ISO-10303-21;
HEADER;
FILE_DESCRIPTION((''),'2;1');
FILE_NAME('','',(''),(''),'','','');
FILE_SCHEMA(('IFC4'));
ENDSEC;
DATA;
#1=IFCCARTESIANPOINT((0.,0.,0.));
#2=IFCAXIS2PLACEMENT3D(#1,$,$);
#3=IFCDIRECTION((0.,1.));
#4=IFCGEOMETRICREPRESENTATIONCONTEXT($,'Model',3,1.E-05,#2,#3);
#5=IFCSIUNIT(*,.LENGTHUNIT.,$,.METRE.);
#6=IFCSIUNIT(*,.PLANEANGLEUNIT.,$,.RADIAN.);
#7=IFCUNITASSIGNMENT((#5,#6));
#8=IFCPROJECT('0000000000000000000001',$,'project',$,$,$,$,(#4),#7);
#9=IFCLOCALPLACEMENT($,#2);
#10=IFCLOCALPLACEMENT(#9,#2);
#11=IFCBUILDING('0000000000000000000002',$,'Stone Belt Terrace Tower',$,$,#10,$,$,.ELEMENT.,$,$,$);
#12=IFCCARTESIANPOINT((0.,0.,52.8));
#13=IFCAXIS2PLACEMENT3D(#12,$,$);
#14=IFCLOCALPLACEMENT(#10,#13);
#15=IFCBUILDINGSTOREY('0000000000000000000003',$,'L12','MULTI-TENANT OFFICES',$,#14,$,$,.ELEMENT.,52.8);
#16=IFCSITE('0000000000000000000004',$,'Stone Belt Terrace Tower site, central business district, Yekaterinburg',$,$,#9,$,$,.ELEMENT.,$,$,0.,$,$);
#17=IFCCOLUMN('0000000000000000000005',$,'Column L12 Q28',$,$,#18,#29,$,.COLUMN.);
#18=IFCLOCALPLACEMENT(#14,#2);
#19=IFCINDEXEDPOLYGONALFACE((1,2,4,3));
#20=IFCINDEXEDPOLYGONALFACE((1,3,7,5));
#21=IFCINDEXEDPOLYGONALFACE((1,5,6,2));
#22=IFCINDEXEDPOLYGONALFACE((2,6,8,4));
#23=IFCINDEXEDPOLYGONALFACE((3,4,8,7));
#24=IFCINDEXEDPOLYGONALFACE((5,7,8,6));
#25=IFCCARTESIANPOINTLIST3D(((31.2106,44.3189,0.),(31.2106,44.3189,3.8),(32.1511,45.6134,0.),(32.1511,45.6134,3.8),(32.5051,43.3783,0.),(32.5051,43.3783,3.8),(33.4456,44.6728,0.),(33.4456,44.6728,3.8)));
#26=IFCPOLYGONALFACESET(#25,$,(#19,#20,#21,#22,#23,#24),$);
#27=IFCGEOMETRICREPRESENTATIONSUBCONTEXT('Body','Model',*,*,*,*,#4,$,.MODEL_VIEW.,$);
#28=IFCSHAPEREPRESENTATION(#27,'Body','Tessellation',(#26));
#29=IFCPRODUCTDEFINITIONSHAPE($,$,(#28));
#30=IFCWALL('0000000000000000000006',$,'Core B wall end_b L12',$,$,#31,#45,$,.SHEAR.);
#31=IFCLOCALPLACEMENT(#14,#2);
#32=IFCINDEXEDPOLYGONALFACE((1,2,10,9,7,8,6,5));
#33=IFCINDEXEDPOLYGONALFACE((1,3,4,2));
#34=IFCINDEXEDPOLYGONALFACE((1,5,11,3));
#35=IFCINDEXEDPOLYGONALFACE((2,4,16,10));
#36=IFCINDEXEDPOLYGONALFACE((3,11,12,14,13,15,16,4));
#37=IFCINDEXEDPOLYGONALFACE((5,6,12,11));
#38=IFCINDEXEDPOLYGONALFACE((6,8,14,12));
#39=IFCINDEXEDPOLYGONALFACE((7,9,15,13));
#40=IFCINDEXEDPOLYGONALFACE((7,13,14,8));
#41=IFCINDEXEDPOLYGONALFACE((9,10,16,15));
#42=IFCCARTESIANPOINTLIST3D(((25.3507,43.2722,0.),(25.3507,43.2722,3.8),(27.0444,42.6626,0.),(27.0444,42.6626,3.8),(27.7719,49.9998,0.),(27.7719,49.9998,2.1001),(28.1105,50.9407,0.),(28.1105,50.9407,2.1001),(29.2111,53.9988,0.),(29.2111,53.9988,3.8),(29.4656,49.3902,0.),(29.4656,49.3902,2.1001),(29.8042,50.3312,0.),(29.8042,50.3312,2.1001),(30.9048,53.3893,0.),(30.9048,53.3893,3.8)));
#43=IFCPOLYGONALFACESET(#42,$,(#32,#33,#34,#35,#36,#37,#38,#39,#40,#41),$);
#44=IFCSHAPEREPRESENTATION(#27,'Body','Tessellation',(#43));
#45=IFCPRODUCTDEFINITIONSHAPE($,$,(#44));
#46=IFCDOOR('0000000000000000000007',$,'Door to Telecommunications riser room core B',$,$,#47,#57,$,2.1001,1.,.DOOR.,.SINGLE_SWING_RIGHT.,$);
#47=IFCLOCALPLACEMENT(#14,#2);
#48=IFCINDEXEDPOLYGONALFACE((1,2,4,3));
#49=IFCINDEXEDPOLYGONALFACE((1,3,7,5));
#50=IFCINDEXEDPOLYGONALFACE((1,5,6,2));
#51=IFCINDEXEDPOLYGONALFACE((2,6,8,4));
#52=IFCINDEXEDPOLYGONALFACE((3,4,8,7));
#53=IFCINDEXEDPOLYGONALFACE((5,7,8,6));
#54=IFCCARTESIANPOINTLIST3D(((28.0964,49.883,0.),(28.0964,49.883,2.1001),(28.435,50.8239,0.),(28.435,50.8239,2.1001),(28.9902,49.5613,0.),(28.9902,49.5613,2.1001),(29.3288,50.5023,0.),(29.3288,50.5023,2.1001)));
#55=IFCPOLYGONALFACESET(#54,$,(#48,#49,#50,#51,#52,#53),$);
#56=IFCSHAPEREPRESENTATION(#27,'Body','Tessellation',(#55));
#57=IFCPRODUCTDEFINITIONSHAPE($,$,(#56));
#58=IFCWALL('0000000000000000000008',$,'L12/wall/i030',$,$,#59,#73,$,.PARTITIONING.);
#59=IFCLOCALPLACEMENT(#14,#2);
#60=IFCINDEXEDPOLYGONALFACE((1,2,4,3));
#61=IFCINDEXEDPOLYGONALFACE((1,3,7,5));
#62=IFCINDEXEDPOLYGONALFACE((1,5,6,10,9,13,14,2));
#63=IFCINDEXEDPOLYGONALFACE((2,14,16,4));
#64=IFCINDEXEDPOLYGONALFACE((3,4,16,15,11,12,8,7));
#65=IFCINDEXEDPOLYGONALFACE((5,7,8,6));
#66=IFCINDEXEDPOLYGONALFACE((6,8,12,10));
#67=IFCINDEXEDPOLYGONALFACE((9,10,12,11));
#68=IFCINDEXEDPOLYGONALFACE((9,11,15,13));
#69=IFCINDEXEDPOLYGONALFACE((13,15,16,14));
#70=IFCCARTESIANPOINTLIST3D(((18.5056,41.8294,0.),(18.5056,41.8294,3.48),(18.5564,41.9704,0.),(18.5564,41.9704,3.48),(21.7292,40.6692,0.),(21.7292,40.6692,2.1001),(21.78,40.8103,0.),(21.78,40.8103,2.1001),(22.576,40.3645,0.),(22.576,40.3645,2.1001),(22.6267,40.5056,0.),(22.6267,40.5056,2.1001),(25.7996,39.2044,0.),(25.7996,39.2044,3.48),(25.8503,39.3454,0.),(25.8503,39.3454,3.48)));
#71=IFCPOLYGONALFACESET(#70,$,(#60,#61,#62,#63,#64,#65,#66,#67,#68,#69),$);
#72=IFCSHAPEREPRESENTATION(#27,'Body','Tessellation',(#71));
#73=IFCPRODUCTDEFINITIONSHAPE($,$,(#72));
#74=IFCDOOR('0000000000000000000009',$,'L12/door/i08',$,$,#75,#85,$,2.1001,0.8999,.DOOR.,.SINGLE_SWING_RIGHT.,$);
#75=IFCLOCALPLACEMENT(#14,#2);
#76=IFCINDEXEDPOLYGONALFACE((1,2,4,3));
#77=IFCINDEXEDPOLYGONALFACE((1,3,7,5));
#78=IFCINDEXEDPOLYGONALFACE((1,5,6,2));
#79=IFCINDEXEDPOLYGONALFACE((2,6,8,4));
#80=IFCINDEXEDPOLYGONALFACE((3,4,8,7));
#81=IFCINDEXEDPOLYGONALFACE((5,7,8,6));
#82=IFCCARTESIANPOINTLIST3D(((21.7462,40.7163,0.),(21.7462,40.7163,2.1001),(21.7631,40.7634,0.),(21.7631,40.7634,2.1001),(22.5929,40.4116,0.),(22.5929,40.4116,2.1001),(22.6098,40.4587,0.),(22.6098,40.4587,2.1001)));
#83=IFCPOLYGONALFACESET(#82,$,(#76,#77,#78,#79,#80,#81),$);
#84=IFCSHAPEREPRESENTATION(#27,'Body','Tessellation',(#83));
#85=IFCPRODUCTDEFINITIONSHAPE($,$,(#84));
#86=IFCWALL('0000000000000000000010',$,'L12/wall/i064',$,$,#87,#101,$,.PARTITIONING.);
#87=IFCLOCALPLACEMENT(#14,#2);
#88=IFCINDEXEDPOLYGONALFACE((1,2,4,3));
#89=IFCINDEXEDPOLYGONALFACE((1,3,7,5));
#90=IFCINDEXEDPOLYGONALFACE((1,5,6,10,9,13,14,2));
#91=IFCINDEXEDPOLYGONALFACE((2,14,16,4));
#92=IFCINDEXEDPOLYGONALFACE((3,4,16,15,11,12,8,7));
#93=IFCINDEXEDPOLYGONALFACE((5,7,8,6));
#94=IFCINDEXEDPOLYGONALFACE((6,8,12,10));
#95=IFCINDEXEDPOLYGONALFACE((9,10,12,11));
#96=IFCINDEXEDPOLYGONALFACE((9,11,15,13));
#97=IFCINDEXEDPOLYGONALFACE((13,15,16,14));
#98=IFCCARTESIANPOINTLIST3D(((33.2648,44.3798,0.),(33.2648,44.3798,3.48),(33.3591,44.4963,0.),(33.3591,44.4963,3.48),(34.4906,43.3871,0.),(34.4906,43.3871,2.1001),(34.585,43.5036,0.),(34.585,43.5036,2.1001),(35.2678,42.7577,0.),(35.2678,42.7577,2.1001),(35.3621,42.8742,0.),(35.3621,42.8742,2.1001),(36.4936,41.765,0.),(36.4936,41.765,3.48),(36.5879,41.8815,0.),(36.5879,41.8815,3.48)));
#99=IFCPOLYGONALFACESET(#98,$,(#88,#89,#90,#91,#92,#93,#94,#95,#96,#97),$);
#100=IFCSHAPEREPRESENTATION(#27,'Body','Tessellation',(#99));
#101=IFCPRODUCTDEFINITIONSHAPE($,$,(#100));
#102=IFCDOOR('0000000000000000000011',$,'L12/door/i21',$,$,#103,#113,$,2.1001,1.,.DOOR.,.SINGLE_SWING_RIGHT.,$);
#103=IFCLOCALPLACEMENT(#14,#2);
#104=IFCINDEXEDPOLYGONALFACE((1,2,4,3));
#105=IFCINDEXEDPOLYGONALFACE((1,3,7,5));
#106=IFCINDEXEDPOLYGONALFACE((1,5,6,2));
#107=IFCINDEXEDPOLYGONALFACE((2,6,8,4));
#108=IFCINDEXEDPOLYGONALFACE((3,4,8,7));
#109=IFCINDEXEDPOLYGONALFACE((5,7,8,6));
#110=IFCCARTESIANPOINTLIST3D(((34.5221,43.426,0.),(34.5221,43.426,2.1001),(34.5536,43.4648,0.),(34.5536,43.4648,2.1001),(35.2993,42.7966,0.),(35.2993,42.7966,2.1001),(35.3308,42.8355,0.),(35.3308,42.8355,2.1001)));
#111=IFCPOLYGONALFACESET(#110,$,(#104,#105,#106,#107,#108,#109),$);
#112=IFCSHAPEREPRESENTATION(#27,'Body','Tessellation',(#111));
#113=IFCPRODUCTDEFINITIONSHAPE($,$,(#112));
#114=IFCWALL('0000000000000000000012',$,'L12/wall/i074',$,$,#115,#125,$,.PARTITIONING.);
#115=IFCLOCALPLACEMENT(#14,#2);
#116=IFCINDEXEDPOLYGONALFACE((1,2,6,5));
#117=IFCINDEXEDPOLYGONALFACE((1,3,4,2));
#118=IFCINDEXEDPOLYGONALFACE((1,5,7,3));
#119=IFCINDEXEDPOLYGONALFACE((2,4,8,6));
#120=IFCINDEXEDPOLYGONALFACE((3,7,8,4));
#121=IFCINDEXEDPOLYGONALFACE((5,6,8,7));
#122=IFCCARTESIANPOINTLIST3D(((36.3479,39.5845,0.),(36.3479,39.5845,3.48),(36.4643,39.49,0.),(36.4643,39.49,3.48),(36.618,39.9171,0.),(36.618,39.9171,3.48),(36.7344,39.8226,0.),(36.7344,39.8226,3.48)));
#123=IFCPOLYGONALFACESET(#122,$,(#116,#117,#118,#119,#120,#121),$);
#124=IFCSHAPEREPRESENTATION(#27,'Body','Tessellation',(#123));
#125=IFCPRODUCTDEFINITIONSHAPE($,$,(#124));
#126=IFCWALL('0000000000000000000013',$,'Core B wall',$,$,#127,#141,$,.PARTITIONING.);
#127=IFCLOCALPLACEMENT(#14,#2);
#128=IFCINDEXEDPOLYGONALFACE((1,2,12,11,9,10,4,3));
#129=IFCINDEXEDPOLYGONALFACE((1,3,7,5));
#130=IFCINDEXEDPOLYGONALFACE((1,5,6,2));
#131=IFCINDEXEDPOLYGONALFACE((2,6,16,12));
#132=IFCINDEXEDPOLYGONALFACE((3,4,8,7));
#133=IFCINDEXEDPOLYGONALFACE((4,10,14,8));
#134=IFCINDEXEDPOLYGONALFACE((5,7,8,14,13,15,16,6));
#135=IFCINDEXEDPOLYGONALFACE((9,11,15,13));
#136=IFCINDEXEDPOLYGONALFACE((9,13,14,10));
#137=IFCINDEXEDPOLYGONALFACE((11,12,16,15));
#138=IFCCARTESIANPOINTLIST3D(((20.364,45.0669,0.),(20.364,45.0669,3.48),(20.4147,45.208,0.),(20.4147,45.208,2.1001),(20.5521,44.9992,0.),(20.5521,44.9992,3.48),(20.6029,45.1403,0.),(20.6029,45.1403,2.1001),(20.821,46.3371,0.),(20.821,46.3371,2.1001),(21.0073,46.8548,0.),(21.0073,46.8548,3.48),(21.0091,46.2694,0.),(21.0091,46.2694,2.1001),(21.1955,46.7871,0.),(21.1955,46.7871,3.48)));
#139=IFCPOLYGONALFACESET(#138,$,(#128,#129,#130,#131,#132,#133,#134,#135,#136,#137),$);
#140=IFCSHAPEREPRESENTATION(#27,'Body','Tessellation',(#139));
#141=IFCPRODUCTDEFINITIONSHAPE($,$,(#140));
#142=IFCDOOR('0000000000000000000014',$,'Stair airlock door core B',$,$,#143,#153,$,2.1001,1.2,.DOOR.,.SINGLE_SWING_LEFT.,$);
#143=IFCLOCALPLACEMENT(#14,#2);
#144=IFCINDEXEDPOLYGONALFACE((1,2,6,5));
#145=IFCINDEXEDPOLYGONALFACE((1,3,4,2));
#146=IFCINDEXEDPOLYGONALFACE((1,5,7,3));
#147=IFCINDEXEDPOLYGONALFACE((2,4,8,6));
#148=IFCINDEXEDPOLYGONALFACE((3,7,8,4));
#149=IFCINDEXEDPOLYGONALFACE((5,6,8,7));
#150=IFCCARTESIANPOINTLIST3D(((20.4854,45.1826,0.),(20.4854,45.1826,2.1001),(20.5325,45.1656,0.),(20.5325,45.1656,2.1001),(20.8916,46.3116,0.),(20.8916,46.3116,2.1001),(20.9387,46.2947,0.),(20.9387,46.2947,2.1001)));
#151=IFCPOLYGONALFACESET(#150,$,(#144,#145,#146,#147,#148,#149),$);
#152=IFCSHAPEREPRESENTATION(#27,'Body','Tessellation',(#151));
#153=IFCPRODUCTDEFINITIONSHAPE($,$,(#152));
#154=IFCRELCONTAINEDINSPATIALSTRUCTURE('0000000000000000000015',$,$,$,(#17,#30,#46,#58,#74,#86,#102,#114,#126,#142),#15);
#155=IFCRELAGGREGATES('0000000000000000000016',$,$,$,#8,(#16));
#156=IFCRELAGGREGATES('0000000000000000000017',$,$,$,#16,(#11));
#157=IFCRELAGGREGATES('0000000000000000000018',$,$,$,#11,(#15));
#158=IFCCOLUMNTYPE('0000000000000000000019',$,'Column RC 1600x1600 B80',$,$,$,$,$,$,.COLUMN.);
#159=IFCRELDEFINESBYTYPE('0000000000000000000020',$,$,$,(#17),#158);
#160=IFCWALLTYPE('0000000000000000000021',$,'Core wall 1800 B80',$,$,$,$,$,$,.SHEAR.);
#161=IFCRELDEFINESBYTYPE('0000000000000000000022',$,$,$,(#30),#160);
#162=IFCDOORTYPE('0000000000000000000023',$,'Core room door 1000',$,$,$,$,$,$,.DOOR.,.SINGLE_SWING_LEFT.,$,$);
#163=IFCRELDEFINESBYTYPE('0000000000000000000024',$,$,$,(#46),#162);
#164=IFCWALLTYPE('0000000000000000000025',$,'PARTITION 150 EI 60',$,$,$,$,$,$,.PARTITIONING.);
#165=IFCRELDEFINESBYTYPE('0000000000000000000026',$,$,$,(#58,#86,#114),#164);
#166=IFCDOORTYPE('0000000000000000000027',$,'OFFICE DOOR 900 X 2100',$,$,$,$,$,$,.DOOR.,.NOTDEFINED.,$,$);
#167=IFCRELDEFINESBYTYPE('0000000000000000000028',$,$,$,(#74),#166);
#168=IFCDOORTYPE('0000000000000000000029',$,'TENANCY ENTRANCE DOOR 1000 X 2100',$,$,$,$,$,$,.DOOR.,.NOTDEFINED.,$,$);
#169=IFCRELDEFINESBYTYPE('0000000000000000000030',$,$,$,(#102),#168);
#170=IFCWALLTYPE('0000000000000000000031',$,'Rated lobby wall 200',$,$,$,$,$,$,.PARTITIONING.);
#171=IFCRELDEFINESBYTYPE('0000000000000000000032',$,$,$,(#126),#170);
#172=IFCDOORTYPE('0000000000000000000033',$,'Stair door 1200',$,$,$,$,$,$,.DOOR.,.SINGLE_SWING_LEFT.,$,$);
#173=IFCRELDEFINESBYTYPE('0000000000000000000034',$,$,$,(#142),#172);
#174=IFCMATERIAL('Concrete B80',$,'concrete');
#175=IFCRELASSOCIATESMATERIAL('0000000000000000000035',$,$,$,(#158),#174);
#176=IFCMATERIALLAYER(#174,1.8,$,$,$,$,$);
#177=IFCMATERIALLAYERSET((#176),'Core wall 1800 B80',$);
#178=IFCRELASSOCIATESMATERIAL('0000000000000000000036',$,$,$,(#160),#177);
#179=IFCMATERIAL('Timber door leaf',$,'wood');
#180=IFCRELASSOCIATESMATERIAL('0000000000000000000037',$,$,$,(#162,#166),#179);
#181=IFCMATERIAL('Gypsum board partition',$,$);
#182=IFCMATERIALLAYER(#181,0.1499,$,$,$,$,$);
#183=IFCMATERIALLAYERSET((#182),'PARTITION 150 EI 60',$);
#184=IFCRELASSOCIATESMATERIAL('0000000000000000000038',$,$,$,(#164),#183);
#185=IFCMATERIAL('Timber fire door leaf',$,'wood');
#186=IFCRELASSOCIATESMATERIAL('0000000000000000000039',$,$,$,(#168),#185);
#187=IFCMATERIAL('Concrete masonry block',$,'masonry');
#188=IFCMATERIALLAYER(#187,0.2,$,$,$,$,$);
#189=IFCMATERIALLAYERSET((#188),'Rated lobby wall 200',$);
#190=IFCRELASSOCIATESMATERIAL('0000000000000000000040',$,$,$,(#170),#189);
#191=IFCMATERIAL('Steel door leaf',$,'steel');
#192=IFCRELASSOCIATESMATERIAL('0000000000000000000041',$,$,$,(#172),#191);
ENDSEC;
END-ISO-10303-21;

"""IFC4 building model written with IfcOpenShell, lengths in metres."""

from ifc_helpers import new_model, si_unit, direction, frame, frame_2d, origin, origin_2d, place, context, subcontext, project, spatial, rectangle, extrude, material, layer, layer_set, material_profile, profile_set, type_object, element, fill, save


model = new_model("IFC4")

# Units and contexts
model_context = context("Model", 3, precision=1e-05, world=origin(), true_north=direction((0.0, 1.0)))
body_context = subcontext(model_context, "Body", "Model", "MODEL_VIEW")
ifc_project = project(units=[si_unit("LENGTHUNIT", "METRE"), si_unit("PLANEANGLEUNIT", "RADIAN")], contexts=[model_context])

# Site, building, storey
site_placement = place(None, origin())
site = spatial("IfcSite", under=ifc_project, at=site_placement, Name="Stone Belt Terrace Tower site, central business district, Yekaterinburg", CompositionType="ELEMENT", RefElevation=0.0)
building_placement = place(site_placement, origin())
building = spatial("IfcBuilding", under=site, at=building_placement, Name="Stone Belt Terrace Tower", CompositionType="ELEMENT")
storey_placement = place(building_placement, frame((0.0, 0.0, 52.8)))
storey = spatial("IfcBuildingStorey", under=building, at=storey_placement, Name="L12", Description="MULTI-TENANT OFFICES", CompositionType="ELEMENT", Elevation=52.8)

# Column
ifc_material_1 = material(Name="Concrete B80", Category="concrete")
ifc_material_profile = material_profile(ifc_material_1, rectangle(XDim=1.6001, YDim=1.6001, at=origin_2d()), Name="RC 1600x1600")
ifc_profile_set = profile_set([ifc_material_profile], Name="Concrete B80")
column_type = type_object("IfcColumnType", Name="Column RC 1600x1600 B80", PredefinedType="COLUMN", material=ifc_profile_set)
column_placement = place(storey_placement, frame((32.3281, 44.4958, 0.0), z_axis=(0.0, 0.0, 1.0), x_axis=(0.809017, -0.587785, 0.0)))
element("IfcColumn", 1, at=column_placement, inside=storey, type_object=column_type, Name="Column L12 Q28", PredefinedType="COLUMN", context=body_context, shape_type="SweptSolid", body=[
    extrude(rectangle(XDim=1.6001, YDim=1.6001, at=origin_2d()), origin(), (0.0, 0.0, 1.0), 3.8),
])

# Walls, openings, doors
ifc_layer_1 = layer(ifc_material_1, 1.8)
ifc_layer_set_1 = layer_set([ifc_layer_1], Name="Core wall 1800 B80")
wall_type_1 = type_object("IfcWallType", Name="Core wall 1800 B80", PredefinedType="SHEAR", material=ifc_layer_set_1)
wall_1_placement = place(storey_placement, frame((26.1975, 42.9673, 0.0), z_axis=(0.0, 0.0, 1.0), x_axis=(0.338625, 0.940921, 0.0)))
wall_1 = element("IfcWall", 2, at=wall_1_placement, inside=storey, type_object=wall_type_1, Name="Core B wall end_b L12", PredefinedType="SHEAR", context=body_context, shape_type="SweptSolid", body=[
    extrude(rectangle(XDim=11.4001, YDim=1.8, at=frame_2d((5.7002, 0.0))), origin(), (0.0, 0.0, 1.0), 3.8),
])
opening_1_placement = place(wall_1_placement, frame((7.1501, 0.0, 0.0)))
opening_1 = element("IfcOpeningElement", 3, at=opening_1_placement, cuts=wall_1, PredefinedType="OPENING", context=body_context, shape_type="SweptSolid", body=[
    extrude(rectangle(XDim=1.0, YDim=2.1001, at=frame_2d((0.5, 1.05))), frame((0.0, 0.9099, 0.0), z_axis=(0.0, -1.0, 0.0), x_axis=(1.0, 0.0, 0.0)), (0.0, 0.0, 1.0), 1.8201),
])
ifc_material_2 = material(Name="Timber door leaf", Category="wood")
door_type_1 = type_object("IfcDoorType", Name="Core room door 1000", OperationType="SINGLE_SWING_LEFT", PredefinedType="DOOR", material=ifc_material_2)
door_1_placement = place(opening_1_placement, origin())
door_1 = element("IfcDoor", 4, at=door_1_placement, inside=storey, type_object=door_type_1, Name="Door to Telecommunications riser room core B", OperationType="SINGLE_SWING_RIGHT", OverallHeight=2.1001, OverallWidth=1.0, PredefinedType="DOOR", context=body_context, shape_type="SweptSolid", body=[
    extrude(rectangle(XDim=1.0, YDim=2.1001, at=frame_2d((0.5, 1.05))), frame((0.0, 0.5552, 0.0), z_axis=(0.0, -1.0, 0.0), x_axis=(1.0, 0.0, 0.0)), (0.0, 0.0, 1.0), 0.95),
])
fill(opening_1, door_1)
ifc_material_3 = material(Name="Gypsum board partition")
ifc_layer_2 = layer(ifc_material_3, 0.1499)
ifc_layer_set_2 = layer_set([ifc_layer_2], Name="PARTITION 150 EI 60")
wall_type_2 = type_object("IfcWallType", Name="PARTITION 150 EI 60", PredefinedType="PARTITIONING", material=ifc_layer_set_2)
wall_2_placement = place(storey_placement, frame((25.825, 39.2749, 0.0), z_axis=(0.0, 0.0, 1.0), x_axis=(-0.940921, 0.338626, 0.0)))
wall_2 = element("IfcWall", 5, at=wall_2_placement, inside=storey, type_object=wall_type_2, Name="L12/wall/i030", PredefinedType="PARTITIONING", context=body_context, shape_type="SweptSolid", body=[
    extrude(rectangle(XDim=7.752, YDim=0.1499, at=frame_2d((3.876, 0.0))), origin(), (0.0, 0.0, 1.0), 3.48),
])
opening_2_placement = place(wall_2_placement, frame((3.426, 0.0, 0.0)))
opening_2 = element("IfcOpeningElement", 6, at=opening_2_placement, cuts=wall_2, PredefinedType="OPENING", context=body_context, shape_type="SweptSolid", body=[
    extrude(rectangle(XDim=0.8999, YDim=2.1001, at=frame_2d((0.45, 1.05))), frame((0.0, 0.085, 0.0), z_axis=(0.0, -1.0, 0.0), x_axis=(1.0, 0.0, 0.0)), (0.0, 0.0, 1.0), 0.1699),
])
door_type_2 = type_object("IfcDoorType", Name="OFFICE DOOR 900 X 2100", OperationType="NOTDEFINED", PredefinedType="DOOR", material=ifc_material_2)
door_2_placement = place(opening_2_placement, origin())
door_2 = element("IfcDoor", 7, at=door_2_placement, inside=storey, type_object=door_type_2, Name="L12/door/i08", OperationType="SINGLE_SWING_RIGHT", OverallHeight=2.1001, OverallWidth=0.8999, PredefinedType="DOOR", context=body_context, shape_type="SweptSolid", body=[
    extrude(rectangle(XDim=0.8999, YDim=2.1001, at=frame_2d((0.45, 1.05))), frame((0.0, 0.0249, 0.0), z_axis=(0.0, -1.0, 0.0), x_axis=(1.0, 0.0, 0.0)), (0.0, 0.0, 1.0), 0.05),
])
fill(opening_2, door_2)
wall_3_placement = place(storey_placement, frame((36.5408, 41.8232, 0.0), z_axis=(0.0, 0.0, 1.0), x_axis=(-0.777129, 0.629342, 0.0)))
wall_3 = element("IfcWall", 8, at=wall_3_placement, inside=storey, type_object=wall_type_2, Name="L12/wall/i064", PredefinedType="PARTITIONING", context=body_context, shape_type="SweptSolid", body=[
    extrude(rectangle(XDim=4.1548, YDim=0.1499, at=frame_2d((2.0774, 0.0))), origin(), (0.0, 0.0, 1.0), 3.48),
])
opening_3_placement = place(wall_3_placement, frame((1.5774, 0.0, 0.0)))
opening_3 = element("IfcOpeningElement", 9, at=opening_3_placement, cuts=wall_3, PredefinedType="OPENING", context=body_context, shape_type="SweptSolid", body=[
    extrude(rectangle(XDim=1.0, YDim=2.1001, at=frame_2d((0.5, 1.05))), frame((0.0, 0.085, 0.0), z_axis=(0.0, -1.0, 0.0), x_axis=(1.0, 0.0, 0.0)), (0.0, 0.0, 1.0), 0.1699),
])
ifc_material_4 = material(Name="Timber fire door leaf", Category="wood")
door_type_3 = type_object("IfcDoorType", Name="TENANCY ENTRANCE DOOR 1000 X 2100", OperationType="NOTDEFINED", PredefinedType="DOOR", material=ifc_material_4)
door_3_placement = place(opening_3_placement, origin())
door_3 = element("IfcDoor", 10, at=door_3_placement, inside=storey, type_object=door_type_3, Name="L12/door/i21", OperationType="SINGLE_SWING_RIGHT", OverallHeight=2.1001, OverallWidth=1.0, PredefinedType="DOOR", context=body_context, shape_type="SweptSolid", body=[
    extrude(rectangle(XDim=1.0, YDim=2.1001, at=frame_2d((0.5, 1.05))), frame((0.0, 0.0249, 0.0), z_axis=(0.0, -1.0, 0.0), x_axis=(1.0, 0.0, 0.0)), (0.0, 0.0, 1.0), 0.05),
])
fill(opening_3, door_3)

# Wall
wall_4_placement = place(storey_placement, frame((36.406, 39.5371, 0.0), z_axis=(0.0, 0.0, 1.0), x_axis=(0.630378, 0.776288, 0.0)))
element("IfcWall", 11, at=wall_4_placement, inside=storey, type_object=wall_type_2, Name="L12/wall/i074", PredefinedType="PARTITIONING", context=body_context, shape_type="SweptSolid", body=[
    extrude(rectangle(XDim=0.4285, YDim=0.1499, at=frame_2d((0.2144, 0.0))), origin(), (0.0, 0.0, 1.0), 3.48),
])

# Wall, opening, door
ifc_material_5 = material(Name="Concrete masonry block", Category="masonry")
ifc_layer_3 = layer(ifc_material_5, 0.2)
ifc_layer_set_3 = layer_set([ifc_layer_3], Name="Rated lobby wall 200")
wall_type_3 = type_object("IfcWallType", Name="Rated lobby wall 200", PredefinedType="PARTITIONING", material=ifc_layer_set_3)
wall_5_placement = place(storey_placement, frame((20.458, 45.033, 0.0), z_axis=(0.0, 0.0, 1.0), x_axis=(0.338574, 0.94094, 0.0)))
wall_5 = element("IfcWall", 12, at=wall_5_placement, inside=storey, type_object=wall_type_3, Name="Core B wall", PredefinedType="PARTITIONING", context=body_context, shape_type="SweptSolid", body=[
    extrude(rectangle(XDim=1.9001, YDim=0.2, at=frame_2d((0.9502, 0.0))), origin(), (0.0, 0.0, 1.0), 3.48),
])
opening_4_placement = place(wall_5_placement, frame((0.1499, 0.0, 0.0)))
opening_4 = element("IfcOpeningElement", 13, at=opening_4_placement, cuts=wall_5, PredefinedType="OPENING", context=body_context, shape_type="SweptSolid", body=[
    extrude(rectangle(XDim=1.2, YDim=2.1001, at=frame_2d((0.6001, 1.05))), frame((0.0, 0.1099, 0.0), z_axis=(0.0, -1.0, 0.0), x_axis=(1.0, 0.0, 0.0)), (0.0, 0.0, 1.0), 0.22),
])
ifc_material_6 = material(Name="Steel door leaf", Category="steel")
door_type_4 = type_object("IfcDoorType", Name="Stair door 1200", OperationType="SINGLE_SWING_LEFT", PredefinedType="DOOR", material=ifc_material_6)
door_4_placement = place(opening_4_placement, origin())
door_4 = element("IfcDoor", 14, at=door_4_placement, inside=storey, type_object=door_type_4, Name="Stair airlock door core B", OperationType="SINGLE_SWING_LEFT", OverallHeight=2.1001, OverallWidth=1.2, PredefinedType="DOOR", context=body_context, shape_type="SweptSolid", body=[
    extrude(rectangle(XDim=1.2, YDim=2.1001, at=frame_2d((0.6001, 1.05))), frame((0.0, 0.0249, 0.0), z_axis=(0.0, -1.0, 0.0), x_axis=(1.0, 0.0, 0.0)), (0.0, 0.0, 1.0), 0.05),
])
fill(opening_4, door_4)

save(model, "model.ifc")
